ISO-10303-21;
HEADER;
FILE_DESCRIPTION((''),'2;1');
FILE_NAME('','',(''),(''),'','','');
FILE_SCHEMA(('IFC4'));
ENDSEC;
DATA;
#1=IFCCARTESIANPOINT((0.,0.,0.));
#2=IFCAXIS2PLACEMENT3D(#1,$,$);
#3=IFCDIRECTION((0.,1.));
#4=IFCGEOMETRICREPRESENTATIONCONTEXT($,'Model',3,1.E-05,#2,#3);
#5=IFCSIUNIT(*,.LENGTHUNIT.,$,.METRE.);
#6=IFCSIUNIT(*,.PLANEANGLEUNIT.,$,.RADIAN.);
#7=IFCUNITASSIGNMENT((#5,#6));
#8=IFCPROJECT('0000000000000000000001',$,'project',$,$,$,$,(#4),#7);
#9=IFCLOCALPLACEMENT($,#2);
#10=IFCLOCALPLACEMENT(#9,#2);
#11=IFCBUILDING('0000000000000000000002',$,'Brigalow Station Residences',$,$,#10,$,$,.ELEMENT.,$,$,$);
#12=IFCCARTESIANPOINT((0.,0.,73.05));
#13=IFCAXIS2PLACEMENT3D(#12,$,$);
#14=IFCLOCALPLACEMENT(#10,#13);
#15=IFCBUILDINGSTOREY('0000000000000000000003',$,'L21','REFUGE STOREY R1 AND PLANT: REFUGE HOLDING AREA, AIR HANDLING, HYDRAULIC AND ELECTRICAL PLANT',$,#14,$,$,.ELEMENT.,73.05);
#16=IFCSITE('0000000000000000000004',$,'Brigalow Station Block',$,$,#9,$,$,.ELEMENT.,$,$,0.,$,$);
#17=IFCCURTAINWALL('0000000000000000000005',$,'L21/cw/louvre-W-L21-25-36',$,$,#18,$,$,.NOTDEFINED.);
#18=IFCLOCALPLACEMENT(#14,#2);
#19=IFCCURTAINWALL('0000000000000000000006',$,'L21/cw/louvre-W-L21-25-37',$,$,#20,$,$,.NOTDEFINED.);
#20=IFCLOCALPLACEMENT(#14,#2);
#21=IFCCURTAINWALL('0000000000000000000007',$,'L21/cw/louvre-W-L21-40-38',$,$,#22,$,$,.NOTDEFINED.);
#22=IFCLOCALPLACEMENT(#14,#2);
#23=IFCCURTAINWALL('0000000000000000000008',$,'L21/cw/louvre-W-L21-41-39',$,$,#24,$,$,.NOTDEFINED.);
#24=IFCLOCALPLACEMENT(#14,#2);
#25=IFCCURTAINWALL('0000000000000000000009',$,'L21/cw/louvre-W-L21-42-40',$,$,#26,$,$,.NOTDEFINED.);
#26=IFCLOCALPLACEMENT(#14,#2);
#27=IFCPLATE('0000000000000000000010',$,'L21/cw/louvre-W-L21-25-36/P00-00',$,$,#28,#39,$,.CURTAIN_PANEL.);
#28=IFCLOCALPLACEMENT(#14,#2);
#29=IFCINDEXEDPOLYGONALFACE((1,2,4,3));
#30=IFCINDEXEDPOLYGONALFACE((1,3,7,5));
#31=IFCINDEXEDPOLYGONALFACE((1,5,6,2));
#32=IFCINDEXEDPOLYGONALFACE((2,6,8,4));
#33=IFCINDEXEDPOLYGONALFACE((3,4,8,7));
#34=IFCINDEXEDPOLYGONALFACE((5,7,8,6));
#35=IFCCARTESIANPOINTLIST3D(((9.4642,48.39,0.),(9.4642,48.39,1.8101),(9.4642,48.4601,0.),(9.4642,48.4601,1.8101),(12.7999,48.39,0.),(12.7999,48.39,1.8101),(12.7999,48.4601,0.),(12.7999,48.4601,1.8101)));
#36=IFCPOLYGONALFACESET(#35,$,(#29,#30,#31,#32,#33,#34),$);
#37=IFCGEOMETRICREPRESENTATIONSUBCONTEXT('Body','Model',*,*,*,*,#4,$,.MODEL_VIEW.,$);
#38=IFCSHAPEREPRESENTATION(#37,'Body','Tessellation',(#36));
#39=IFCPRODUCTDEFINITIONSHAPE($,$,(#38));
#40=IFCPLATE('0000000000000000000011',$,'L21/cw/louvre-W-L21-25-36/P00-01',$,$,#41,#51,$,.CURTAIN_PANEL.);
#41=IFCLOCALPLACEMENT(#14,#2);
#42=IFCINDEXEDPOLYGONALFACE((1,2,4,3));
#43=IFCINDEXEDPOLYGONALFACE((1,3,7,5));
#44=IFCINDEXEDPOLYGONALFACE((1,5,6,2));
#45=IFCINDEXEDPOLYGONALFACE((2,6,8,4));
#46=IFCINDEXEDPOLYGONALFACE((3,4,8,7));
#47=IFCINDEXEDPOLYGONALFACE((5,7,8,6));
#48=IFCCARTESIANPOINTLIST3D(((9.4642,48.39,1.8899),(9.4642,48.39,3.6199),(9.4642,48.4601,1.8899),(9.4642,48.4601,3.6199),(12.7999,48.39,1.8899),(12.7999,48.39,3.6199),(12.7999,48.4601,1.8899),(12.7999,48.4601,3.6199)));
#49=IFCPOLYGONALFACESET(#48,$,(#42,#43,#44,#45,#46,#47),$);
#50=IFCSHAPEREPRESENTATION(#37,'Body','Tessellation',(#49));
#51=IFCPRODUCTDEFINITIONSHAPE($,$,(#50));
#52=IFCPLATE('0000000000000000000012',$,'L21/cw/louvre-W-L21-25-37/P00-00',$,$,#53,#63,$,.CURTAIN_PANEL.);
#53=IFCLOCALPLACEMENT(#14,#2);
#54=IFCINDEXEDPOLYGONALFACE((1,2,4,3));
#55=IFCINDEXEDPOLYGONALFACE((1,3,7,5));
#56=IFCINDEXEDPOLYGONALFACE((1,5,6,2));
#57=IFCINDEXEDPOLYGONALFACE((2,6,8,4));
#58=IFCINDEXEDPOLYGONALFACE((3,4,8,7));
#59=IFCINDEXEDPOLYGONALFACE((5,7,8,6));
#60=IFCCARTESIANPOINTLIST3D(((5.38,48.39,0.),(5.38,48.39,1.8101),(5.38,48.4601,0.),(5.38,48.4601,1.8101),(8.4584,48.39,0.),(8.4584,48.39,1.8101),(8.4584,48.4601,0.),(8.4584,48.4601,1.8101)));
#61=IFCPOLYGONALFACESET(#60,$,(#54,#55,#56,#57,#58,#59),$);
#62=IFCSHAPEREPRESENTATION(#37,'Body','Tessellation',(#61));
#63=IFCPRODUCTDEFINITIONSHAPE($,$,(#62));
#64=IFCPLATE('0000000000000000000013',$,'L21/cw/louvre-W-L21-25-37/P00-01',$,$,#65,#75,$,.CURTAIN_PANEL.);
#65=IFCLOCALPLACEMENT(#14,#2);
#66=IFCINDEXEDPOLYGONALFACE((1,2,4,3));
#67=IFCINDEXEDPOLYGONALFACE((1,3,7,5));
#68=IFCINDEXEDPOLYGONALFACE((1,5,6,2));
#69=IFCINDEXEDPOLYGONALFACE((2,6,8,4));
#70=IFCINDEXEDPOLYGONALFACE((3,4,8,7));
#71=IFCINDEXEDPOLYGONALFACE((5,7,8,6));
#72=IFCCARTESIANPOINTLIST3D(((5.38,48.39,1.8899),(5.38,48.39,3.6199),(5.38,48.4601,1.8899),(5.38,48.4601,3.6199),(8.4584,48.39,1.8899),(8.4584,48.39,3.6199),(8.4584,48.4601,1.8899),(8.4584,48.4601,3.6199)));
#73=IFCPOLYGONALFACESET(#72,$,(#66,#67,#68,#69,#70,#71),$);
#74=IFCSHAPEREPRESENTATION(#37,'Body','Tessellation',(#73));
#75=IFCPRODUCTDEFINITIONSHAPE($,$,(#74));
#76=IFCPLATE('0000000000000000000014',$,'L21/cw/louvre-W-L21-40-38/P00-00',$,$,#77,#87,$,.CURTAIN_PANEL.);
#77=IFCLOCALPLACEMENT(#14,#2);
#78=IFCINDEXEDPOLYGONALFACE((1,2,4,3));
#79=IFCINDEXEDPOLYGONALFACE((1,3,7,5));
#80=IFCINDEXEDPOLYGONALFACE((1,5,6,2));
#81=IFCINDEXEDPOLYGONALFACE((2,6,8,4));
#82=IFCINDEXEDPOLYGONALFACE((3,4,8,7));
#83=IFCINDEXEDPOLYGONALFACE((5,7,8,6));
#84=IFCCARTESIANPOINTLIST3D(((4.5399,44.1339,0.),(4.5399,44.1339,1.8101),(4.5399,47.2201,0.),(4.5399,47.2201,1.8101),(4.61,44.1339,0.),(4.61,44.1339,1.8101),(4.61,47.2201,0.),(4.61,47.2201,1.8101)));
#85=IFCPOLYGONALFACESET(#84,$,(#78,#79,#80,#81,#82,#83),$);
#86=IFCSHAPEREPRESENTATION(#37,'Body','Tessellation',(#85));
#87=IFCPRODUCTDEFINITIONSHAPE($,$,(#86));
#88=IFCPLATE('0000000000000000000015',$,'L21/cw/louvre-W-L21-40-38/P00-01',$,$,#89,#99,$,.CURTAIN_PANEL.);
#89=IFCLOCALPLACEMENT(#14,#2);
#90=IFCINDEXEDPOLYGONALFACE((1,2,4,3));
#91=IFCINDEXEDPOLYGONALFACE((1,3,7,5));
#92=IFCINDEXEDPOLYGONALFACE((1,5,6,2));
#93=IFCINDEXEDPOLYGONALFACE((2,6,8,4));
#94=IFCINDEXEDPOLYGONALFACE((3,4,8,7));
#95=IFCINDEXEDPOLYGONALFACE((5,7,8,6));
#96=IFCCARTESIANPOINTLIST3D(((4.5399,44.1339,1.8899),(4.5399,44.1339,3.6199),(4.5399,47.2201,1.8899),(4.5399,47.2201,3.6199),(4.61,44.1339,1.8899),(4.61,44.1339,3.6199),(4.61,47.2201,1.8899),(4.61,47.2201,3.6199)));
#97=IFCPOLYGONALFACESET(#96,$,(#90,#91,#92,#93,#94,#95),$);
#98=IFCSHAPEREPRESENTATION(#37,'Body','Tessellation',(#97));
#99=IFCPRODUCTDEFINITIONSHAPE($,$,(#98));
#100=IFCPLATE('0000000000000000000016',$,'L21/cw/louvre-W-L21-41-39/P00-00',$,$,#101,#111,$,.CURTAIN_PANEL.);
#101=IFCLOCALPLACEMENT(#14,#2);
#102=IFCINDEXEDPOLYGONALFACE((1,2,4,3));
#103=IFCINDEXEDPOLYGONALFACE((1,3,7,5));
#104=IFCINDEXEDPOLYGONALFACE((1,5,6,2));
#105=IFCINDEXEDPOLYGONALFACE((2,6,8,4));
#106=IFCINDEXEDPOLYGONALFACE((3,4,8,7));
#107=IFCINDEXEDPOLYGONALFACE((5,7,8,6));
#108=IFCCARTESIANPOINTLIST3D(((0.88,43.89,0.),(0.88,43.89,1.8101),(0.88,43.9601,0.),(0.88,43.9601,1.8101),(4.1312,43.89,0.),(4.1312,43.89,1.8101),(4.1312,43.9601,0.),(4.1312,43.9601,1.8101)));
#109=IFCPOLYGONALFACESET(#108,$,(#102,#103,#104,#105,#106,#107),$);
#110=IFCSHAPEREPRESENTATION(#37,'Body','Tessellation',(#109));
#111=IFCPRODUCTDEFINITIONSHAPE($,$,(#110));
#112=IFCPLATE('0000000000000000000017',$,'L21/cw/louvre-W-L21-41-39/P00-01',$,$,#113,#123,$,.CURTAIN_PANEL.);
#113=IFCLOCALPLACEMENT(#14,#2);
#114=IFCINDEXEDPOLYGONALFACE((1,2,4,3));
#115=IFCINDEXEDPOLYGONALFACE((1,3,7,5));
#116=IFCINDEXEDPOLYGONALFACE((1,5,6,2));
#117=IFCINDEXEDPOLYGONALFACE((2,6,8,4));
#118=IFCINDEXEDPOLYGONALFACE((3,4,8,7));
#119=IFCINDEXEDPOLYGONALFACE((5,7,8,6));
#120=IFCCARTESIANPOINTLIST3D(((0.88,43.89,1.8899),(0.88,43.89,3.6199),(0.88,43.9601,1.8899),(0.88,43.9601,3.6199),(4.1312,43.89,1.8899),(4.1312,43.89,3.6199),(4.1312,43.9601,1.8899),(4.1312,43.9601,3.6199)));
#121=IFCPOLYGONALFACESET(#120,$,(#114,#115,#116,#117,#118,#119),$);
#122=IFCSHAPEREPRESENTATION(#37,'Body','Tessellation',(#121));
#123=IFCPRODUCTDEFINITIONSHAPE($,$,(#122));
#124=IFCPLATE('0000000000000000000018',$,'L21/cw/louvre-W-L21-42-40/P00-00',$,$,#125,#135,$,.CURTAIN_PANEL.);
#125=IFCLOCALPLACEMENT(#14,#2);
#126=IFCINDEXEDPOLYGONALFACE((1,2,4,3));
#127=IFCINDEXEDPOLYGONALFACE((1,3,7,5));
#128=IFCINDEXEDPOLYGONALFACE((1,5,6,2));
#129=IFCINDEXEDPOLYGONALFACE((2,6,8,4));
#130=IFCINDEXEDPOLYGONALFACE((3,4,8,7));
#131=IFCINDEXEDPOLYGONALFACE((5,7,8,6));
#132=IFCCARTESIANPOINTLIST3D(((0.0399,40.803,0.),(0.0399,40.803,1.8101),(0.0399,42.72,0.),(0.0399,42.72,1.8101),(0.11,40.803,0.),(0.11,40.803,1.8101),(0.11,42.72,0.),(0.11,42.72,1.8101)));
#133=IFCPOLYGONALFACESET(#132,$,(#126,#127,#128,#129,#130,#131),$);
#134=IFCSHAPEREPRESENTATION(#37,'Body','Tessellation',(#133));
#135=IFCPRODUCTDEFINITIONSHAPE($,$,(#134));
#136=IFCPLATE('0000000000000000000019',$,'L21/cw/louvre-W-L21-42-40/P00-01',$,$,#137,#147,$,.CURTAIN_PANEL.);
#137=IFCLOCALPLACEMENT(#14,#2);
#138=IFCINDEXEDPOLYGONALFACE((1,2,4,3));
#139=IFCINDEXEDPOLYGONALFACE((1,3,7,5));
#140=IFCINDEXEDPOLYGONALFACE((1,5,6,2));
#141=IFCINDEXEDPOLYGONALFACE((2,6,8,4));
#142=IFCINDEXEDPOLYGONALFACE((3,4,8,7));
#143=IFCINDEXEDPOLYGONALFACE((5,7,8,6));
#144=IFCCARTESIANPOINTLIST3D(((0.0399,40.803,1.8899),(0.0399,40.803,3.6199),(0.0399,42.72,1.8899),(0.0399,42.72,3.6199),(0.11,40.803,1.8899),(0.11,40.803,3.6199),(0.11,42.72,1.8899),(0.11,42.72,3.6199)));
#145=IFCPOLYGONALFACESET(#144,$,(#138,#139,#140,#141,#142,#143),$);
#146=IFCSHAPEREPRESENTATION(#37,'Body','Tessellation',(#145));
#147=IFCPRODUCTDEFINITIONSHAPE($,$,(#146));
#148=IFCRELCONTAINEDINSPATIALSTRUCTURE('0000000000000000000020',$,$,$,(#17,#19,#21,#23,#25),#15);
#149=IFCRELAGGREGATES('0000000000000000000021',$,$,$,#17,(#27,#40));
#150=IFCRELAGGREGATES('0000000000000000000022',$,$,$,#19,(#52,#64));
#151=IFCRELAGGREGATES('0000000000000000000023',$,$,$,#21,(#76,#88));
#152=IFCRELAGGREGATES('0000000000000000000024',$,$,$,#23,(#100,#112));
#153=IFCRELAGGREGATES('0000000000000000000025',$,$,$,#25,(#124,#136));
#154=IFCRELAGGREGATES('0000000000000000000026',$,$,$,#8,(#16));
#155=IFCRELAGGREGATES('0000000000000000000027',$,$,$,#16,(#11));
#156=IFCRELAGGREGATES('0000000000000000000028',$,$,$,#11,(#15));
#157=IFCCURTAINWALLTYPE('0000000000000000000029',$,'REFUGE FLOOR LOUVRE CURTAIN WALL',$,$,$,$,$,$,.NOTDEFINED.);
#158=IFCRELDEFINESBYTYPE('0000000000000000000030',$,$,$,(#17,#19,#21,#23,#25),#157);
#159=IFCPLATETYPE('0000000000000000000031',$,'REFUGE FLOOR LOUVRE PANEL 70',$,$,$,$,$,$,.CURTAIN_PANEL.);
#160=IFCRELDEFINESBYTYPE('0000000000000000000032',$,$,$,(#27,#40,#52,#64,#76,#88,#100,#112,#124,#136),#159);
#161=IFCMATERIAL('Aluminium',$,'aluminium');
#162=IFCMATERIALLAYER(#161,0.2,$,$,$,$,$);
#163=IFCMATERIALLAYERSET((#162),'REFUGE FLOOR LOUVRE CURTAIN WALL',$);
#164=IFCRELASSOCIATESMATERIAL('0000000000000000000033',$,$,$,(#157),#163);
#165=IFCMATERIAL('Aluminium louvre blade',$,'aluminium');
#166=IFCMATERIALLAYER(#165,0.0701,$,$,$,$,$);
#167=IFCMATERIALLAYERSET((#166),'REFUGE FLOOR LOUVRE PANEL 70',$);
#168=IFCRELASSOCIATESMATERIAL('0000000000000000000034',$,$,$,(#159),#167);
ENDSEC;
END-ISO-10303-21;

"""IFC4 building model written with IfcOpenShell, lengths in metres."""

from ifc_helpers import new_model, si_unit, direction, frame, origin, origin_2d, place, context, subcontext, project, spatial, rectangle, extrude, material, layer, layer_set, type_object, element, aggregate, save


model = new_model("IFC4")

# Units and contexts
model_context = context("Model", 3, precision=1e-05, world=origin(), true_north=direction((0.0, 1.0)))
body_context = subcontext(model_context, "Body", "Model", "MODEL_VIEW")
ifc_project = project(units=[si_unit("LENGTHUNIT", "METRE"), si_unit("PLANEANGLEUNIT", "RADIAN")], contexts=[model_context])

# Site, building, storey
site_placement = place(None, origin())
site = spatial("IfcSite", under=ifc_project, at=site_placement, Name="Brigalow Station Block", CompositionType="ELEMENT", RefElevation=0.0)
building_placement = place(site_placement, origin())
building = spatial("IfcBuilding", under=site, at=building_placement, Name="Brigalow Station Residences", CompositionType="ELEMENT")
storey_placement = place(building_placement, frame((0.0, 0.0, 73.05)))
storey = spatial("IfcBuildingStorey", under=building, at=storey_placement, Name="L21", Description="REFUGE STOREY R1 AND PLANT: REFUGE HOLDING AREA, AIR HANDLING, HYDRAULIC AND ELECTRICAL PLANT", CompositionType="ELEMENT", Elevation=73.05)

# Curtain wall
ifc_material_1 = material(Name="Aluminium", Category="aluminium")
ifc_layer_1 = layer(ifc_material_1, 0.2)
ifc_layer_set_1 = layer_set([ifc_layer_1], Name="REFUGE FLOOR LOUVRE CURTAIN WALL")
curtain_wall_type = type_object("IfcCurtainWallType", Name="REFUGE FLOOR LOUVRE CURTAIN WALL", PredefinedType="NOTDEFINED", material=ifc_layer_set_1)
curtain_wall_1_placement = place(storey_placement, origin())
curtain_wall_1 = element("IfcCurtainWall", 1, at=curtain_wall_1_placement, inside=storey, type_object=curtain_wall_type, Name="L21/cw/louvre-W-L21-25-36", PredefinedType="NOTDEFINED")

# Curtain walls
curtain_wall_2_placement = place(storey_placement, origin())
curtain_wall_2 = element("IfcCurtainWall", 2, at=curtain_wall_2_placement, inside=storey, type_object=curtain_wall_type, Name="L21/cw/louvre-W-L21-25-37", PredefinedType="NOTDEFINED")
curtain_wall_3_placement = place(storey_placement, origin())
curtain_wall_3 = element("IfcCurtainWall", 3, at=curtain_wall_3_placement, inside=storey, type_object=curtain_wall_type, Name="L21/cw/louvre-W-L21-40-38", PredefinedType="NOTDEFINED")
curtain_wall_4_placement = place(storey_placement, origin())
curtain_wall_4 = element("IfcCurtainWall", 4, at=curtain_wall_4_placement, inside=storey, type_object=curtain_wall_type, Name="L21/cw/louvre-W-L21-41-39", PredefinedType="NOTDEFINED")
curtain_wall_5_placement = place(storey_placement, origin())
curtain_wall_5 = element("IfcCurtainWall", 5, at=curtain_wall_5_placement, inside=storey, type_object=curtain_wall_type, Name="L21/cw/louvre-W-L21-42-40", PredefinedType="NOTDEFINED")

# Plates
ifc_material_2 = material(Name="Aluminium louvre blade", Category="aluminium")
ifc_layer_2 = layer(ifc_material_2, 0.0701)
ifc_layer_set_2 = layer_set([ifc_layer_2], Name="REFUGE FLOOR LOUVRE PANEL 70")
plate_type = type_object("IfcPlateType", Name="REFUGE FLOOR LOUVRE PANEL 70", PredefinedType="CURTAIN_PANEL", material=ifc_layer_set_2)
plate_1_placement = place(storey_placement, frame((11.1321, 48.425, 0.0), z_axis=(0.0, 0.0, 1.0), x_axis=(-1.0, 0.0, 0.0)))
plate_1 = element("IfcPlate", 6, at=plate_1_placement, type_object=plate_type, Name="L21/cw/louvre-W-L21-25-36/P00-00", PredefinedType="CURTAIN_PANEL", context=body_context, shape_type="SweptSolid", body=[
    extrude(rectangle(XDim=3.3357, YDim=0.0701, at=origin_2d()), origin(), (0.0, 0.0, 1.0), 1.8101),
])
plate_2_placement = place(storey_placement, frame((11.1321, 48.425, 1.8899), z_axis=(0.0, 0.0, 1.0), x_axis=(-1.0, 0.0, 0.0)))
plate_2 = element("IfcPlate", 7, at=plate_2_placement, type_object=plate_type, Name="L21/cw/louvre-W-L21-25-36/P00-01", PredefinedType="CURTAIN_PANEL", context=body_context, shape_type="SweptSolid", body=[
    extrude(rectangle(XDim=3.3357, YDim=0.0701, at=origin_2d()), origin(), (0.0, 0.0, 1.0), 1.73),
])
aggregate(curtain_wall_1, [plate_1, plate_2])
plate_3_placement = place(storey_placement, frame((6.9192, 48.425, 0.0), z_axis=(0.0, 0.0, 1.0), x_axis=(-1.0, 0.0, 0.0)))
plate_3 = element("IfcPlate", 8, at=plate_3_placement, type_object=plate_type, Name="L21/cw/louvre-W-L21-25-37/P00-00", PredefinedType="CURTAIN_PANEL", context=body_context, shape_type="SweptSolid", body=[
    extrude(rectangle(XDim=3.0784, YDim=0.0701, at=origin_2d()), origin(), (0.0, 0.0, 1.0), 1.8101),
])
plate_4_placement = place(storey_placement, frame((6.9192, 48.425, 1.8899), z_axis=(0.0, 0.0, 1.0), x_axis=(-1.0, 0.0, 0.0)))
plate_4 = element("IfcPlate", 9, at=plate_4_placement, type_object=plate_type, Name="L21/cw/louvre-W-L21-25-37/P00-01", PredefinedType="CURTAIN_PANEL", context=body_context, shape_type="SweptSolid", body=[
    extrude(rectangle(XDim=3.0784, YDim=0.0701, at=origin_2d()), origin(), (0.0, 0.0, 1.0), 1.73),
])
aggregate(curtain_wall_2, [plate_3, plate_4])
plate_5_placement = place(storey_placement, frame((4.575, 45.677, 0.0), z_axis=(0.0, 0.0, 1.0), x_axis=(0.0, -1.0, 0.0)))
plate_5 = element("IfcPlate", 10, at=plate_5_placement, type_object=plate_type, Name="L21/cw/louvre-W-L21-40-38/P00-00", PredefinedType="CURTAIN_PANEL", context=body_context, shape_type="SweptSolid", body=[
    extrude(rectangle(XDim=3.0862, YDim=0.0701, at=origin_2d()), origin(), (0.0, 0.0, 1.0), 1.8101),
])
plate_6_placement = place(storey_placement, frame((4.575, 45.677, 1.8899), z_axis=(0.0, 0.0, 1.0), x_axis=(0.0, -1.0, 0.0)))
plate_6 = element("IfcPlate", 11, at=plate_6_placement, type_object=plate_type, Name="L21/cw/louvre-W-L21-40-38/P00-01", PredefinedType="CURTAIN_PANEL", context=body_context, shape_type="SweptSolid", body=[
    extrude(rectangle(XDim=3.0862, YDim=0.0701, at=origin_2d()), origin(), (0.0, 0.0, 1.0), 1.73),
])
aggregate(curtain_wall_3, [plate_5, plate_6])
plate_7_placement = place(storey_placement, frame((2.5056, 43.925, 0.0), z_axis=(0.0, 0.0, 1.0), x_axis=(-1.0, 0.0, 0.0)))
plate_7 = element("IfcPlate", 12, at=plate_7_placement, type_object=plate_type, Name="L21/cw/louvre-W-L21-41-39/P00-00", PredefinedType="CURTAIN_PANEL", context=body_context, shape_type="SweptSolid", body=[
    extrude(rectangle(XDim=3.2512, YDim=0.0701, at=origin_2d()), origin(), (0.0, 0.0, 1.0), 1.8101),
])
plate_8_placement = place(storey_placement, frame((2.5056, 43.925, 1.8899), z_axis=(0.0, 0.0, 1.0), x_axis=(-1.0, 0.0, 0.0)))
plate_8 = element("IfcPlate", 13, at=plate_8_placement, type_object=plate_type, Name="L21/cw/louvre-W-L21-41-39/P00-01", PredefinedType="CURTAIN_PANEL", context=body_context, shape_type="SweptSolid", body=[
    extrude(rectangle(XDim=3.2512, YDim=0.0701, at=origin_2d()), origin(), (0.0, 0.0, 1.0), 1.73),
])
aggregate(curtain_wall_4, [plate_7, plate_8])
plate_9_placement = place(storey_placement, frame((0.075, 41.7615, 0.0), z_axis=(0.0, 0.0, 1.0), x_axis=(0.0, -1.0, 0.0)))
plate_9 = element("IfcPlate", 14, at=plate_9_placement, type_object=plate_type, Name="L21/cw/louvre-W-L21-42-40/P00-00", PredefinedType="CURTAIN_PANEL", context=body_context, shape_type="SweptSolid", body=[
    extrude(rectangle(XDim=1.917, YDim=0.0701, at=origin_2d()), origin(), (0.0, 0.0, 1.0), 1.8101),
])
plate_10_placement = place(storey_placement, frame((0.075, 41.7615, 1.8899), z_axis=(0.0, 0.0, 1.0), x_axis=(0.0, -1.0, 0.0)))
plate_10 = element("IfcPlate", 15, at=plate_10_placement, type_object=plate_type, Name="L21/cw/louvre-W-L21-42-40/P00-01", PredefinedType="CURTAIN_PANEL", context=body_context, shape_type="SweptSolid", body=[
    extrude(rectangle(XDim=1.917, YDim=0.0701, at=origin_2d()), origin(), (0.0, 0.0, 1.0), 1.73),
])
aggregate(curtain_wall_5, [plate_9, plate_10])

save(model, "model.ifc")
